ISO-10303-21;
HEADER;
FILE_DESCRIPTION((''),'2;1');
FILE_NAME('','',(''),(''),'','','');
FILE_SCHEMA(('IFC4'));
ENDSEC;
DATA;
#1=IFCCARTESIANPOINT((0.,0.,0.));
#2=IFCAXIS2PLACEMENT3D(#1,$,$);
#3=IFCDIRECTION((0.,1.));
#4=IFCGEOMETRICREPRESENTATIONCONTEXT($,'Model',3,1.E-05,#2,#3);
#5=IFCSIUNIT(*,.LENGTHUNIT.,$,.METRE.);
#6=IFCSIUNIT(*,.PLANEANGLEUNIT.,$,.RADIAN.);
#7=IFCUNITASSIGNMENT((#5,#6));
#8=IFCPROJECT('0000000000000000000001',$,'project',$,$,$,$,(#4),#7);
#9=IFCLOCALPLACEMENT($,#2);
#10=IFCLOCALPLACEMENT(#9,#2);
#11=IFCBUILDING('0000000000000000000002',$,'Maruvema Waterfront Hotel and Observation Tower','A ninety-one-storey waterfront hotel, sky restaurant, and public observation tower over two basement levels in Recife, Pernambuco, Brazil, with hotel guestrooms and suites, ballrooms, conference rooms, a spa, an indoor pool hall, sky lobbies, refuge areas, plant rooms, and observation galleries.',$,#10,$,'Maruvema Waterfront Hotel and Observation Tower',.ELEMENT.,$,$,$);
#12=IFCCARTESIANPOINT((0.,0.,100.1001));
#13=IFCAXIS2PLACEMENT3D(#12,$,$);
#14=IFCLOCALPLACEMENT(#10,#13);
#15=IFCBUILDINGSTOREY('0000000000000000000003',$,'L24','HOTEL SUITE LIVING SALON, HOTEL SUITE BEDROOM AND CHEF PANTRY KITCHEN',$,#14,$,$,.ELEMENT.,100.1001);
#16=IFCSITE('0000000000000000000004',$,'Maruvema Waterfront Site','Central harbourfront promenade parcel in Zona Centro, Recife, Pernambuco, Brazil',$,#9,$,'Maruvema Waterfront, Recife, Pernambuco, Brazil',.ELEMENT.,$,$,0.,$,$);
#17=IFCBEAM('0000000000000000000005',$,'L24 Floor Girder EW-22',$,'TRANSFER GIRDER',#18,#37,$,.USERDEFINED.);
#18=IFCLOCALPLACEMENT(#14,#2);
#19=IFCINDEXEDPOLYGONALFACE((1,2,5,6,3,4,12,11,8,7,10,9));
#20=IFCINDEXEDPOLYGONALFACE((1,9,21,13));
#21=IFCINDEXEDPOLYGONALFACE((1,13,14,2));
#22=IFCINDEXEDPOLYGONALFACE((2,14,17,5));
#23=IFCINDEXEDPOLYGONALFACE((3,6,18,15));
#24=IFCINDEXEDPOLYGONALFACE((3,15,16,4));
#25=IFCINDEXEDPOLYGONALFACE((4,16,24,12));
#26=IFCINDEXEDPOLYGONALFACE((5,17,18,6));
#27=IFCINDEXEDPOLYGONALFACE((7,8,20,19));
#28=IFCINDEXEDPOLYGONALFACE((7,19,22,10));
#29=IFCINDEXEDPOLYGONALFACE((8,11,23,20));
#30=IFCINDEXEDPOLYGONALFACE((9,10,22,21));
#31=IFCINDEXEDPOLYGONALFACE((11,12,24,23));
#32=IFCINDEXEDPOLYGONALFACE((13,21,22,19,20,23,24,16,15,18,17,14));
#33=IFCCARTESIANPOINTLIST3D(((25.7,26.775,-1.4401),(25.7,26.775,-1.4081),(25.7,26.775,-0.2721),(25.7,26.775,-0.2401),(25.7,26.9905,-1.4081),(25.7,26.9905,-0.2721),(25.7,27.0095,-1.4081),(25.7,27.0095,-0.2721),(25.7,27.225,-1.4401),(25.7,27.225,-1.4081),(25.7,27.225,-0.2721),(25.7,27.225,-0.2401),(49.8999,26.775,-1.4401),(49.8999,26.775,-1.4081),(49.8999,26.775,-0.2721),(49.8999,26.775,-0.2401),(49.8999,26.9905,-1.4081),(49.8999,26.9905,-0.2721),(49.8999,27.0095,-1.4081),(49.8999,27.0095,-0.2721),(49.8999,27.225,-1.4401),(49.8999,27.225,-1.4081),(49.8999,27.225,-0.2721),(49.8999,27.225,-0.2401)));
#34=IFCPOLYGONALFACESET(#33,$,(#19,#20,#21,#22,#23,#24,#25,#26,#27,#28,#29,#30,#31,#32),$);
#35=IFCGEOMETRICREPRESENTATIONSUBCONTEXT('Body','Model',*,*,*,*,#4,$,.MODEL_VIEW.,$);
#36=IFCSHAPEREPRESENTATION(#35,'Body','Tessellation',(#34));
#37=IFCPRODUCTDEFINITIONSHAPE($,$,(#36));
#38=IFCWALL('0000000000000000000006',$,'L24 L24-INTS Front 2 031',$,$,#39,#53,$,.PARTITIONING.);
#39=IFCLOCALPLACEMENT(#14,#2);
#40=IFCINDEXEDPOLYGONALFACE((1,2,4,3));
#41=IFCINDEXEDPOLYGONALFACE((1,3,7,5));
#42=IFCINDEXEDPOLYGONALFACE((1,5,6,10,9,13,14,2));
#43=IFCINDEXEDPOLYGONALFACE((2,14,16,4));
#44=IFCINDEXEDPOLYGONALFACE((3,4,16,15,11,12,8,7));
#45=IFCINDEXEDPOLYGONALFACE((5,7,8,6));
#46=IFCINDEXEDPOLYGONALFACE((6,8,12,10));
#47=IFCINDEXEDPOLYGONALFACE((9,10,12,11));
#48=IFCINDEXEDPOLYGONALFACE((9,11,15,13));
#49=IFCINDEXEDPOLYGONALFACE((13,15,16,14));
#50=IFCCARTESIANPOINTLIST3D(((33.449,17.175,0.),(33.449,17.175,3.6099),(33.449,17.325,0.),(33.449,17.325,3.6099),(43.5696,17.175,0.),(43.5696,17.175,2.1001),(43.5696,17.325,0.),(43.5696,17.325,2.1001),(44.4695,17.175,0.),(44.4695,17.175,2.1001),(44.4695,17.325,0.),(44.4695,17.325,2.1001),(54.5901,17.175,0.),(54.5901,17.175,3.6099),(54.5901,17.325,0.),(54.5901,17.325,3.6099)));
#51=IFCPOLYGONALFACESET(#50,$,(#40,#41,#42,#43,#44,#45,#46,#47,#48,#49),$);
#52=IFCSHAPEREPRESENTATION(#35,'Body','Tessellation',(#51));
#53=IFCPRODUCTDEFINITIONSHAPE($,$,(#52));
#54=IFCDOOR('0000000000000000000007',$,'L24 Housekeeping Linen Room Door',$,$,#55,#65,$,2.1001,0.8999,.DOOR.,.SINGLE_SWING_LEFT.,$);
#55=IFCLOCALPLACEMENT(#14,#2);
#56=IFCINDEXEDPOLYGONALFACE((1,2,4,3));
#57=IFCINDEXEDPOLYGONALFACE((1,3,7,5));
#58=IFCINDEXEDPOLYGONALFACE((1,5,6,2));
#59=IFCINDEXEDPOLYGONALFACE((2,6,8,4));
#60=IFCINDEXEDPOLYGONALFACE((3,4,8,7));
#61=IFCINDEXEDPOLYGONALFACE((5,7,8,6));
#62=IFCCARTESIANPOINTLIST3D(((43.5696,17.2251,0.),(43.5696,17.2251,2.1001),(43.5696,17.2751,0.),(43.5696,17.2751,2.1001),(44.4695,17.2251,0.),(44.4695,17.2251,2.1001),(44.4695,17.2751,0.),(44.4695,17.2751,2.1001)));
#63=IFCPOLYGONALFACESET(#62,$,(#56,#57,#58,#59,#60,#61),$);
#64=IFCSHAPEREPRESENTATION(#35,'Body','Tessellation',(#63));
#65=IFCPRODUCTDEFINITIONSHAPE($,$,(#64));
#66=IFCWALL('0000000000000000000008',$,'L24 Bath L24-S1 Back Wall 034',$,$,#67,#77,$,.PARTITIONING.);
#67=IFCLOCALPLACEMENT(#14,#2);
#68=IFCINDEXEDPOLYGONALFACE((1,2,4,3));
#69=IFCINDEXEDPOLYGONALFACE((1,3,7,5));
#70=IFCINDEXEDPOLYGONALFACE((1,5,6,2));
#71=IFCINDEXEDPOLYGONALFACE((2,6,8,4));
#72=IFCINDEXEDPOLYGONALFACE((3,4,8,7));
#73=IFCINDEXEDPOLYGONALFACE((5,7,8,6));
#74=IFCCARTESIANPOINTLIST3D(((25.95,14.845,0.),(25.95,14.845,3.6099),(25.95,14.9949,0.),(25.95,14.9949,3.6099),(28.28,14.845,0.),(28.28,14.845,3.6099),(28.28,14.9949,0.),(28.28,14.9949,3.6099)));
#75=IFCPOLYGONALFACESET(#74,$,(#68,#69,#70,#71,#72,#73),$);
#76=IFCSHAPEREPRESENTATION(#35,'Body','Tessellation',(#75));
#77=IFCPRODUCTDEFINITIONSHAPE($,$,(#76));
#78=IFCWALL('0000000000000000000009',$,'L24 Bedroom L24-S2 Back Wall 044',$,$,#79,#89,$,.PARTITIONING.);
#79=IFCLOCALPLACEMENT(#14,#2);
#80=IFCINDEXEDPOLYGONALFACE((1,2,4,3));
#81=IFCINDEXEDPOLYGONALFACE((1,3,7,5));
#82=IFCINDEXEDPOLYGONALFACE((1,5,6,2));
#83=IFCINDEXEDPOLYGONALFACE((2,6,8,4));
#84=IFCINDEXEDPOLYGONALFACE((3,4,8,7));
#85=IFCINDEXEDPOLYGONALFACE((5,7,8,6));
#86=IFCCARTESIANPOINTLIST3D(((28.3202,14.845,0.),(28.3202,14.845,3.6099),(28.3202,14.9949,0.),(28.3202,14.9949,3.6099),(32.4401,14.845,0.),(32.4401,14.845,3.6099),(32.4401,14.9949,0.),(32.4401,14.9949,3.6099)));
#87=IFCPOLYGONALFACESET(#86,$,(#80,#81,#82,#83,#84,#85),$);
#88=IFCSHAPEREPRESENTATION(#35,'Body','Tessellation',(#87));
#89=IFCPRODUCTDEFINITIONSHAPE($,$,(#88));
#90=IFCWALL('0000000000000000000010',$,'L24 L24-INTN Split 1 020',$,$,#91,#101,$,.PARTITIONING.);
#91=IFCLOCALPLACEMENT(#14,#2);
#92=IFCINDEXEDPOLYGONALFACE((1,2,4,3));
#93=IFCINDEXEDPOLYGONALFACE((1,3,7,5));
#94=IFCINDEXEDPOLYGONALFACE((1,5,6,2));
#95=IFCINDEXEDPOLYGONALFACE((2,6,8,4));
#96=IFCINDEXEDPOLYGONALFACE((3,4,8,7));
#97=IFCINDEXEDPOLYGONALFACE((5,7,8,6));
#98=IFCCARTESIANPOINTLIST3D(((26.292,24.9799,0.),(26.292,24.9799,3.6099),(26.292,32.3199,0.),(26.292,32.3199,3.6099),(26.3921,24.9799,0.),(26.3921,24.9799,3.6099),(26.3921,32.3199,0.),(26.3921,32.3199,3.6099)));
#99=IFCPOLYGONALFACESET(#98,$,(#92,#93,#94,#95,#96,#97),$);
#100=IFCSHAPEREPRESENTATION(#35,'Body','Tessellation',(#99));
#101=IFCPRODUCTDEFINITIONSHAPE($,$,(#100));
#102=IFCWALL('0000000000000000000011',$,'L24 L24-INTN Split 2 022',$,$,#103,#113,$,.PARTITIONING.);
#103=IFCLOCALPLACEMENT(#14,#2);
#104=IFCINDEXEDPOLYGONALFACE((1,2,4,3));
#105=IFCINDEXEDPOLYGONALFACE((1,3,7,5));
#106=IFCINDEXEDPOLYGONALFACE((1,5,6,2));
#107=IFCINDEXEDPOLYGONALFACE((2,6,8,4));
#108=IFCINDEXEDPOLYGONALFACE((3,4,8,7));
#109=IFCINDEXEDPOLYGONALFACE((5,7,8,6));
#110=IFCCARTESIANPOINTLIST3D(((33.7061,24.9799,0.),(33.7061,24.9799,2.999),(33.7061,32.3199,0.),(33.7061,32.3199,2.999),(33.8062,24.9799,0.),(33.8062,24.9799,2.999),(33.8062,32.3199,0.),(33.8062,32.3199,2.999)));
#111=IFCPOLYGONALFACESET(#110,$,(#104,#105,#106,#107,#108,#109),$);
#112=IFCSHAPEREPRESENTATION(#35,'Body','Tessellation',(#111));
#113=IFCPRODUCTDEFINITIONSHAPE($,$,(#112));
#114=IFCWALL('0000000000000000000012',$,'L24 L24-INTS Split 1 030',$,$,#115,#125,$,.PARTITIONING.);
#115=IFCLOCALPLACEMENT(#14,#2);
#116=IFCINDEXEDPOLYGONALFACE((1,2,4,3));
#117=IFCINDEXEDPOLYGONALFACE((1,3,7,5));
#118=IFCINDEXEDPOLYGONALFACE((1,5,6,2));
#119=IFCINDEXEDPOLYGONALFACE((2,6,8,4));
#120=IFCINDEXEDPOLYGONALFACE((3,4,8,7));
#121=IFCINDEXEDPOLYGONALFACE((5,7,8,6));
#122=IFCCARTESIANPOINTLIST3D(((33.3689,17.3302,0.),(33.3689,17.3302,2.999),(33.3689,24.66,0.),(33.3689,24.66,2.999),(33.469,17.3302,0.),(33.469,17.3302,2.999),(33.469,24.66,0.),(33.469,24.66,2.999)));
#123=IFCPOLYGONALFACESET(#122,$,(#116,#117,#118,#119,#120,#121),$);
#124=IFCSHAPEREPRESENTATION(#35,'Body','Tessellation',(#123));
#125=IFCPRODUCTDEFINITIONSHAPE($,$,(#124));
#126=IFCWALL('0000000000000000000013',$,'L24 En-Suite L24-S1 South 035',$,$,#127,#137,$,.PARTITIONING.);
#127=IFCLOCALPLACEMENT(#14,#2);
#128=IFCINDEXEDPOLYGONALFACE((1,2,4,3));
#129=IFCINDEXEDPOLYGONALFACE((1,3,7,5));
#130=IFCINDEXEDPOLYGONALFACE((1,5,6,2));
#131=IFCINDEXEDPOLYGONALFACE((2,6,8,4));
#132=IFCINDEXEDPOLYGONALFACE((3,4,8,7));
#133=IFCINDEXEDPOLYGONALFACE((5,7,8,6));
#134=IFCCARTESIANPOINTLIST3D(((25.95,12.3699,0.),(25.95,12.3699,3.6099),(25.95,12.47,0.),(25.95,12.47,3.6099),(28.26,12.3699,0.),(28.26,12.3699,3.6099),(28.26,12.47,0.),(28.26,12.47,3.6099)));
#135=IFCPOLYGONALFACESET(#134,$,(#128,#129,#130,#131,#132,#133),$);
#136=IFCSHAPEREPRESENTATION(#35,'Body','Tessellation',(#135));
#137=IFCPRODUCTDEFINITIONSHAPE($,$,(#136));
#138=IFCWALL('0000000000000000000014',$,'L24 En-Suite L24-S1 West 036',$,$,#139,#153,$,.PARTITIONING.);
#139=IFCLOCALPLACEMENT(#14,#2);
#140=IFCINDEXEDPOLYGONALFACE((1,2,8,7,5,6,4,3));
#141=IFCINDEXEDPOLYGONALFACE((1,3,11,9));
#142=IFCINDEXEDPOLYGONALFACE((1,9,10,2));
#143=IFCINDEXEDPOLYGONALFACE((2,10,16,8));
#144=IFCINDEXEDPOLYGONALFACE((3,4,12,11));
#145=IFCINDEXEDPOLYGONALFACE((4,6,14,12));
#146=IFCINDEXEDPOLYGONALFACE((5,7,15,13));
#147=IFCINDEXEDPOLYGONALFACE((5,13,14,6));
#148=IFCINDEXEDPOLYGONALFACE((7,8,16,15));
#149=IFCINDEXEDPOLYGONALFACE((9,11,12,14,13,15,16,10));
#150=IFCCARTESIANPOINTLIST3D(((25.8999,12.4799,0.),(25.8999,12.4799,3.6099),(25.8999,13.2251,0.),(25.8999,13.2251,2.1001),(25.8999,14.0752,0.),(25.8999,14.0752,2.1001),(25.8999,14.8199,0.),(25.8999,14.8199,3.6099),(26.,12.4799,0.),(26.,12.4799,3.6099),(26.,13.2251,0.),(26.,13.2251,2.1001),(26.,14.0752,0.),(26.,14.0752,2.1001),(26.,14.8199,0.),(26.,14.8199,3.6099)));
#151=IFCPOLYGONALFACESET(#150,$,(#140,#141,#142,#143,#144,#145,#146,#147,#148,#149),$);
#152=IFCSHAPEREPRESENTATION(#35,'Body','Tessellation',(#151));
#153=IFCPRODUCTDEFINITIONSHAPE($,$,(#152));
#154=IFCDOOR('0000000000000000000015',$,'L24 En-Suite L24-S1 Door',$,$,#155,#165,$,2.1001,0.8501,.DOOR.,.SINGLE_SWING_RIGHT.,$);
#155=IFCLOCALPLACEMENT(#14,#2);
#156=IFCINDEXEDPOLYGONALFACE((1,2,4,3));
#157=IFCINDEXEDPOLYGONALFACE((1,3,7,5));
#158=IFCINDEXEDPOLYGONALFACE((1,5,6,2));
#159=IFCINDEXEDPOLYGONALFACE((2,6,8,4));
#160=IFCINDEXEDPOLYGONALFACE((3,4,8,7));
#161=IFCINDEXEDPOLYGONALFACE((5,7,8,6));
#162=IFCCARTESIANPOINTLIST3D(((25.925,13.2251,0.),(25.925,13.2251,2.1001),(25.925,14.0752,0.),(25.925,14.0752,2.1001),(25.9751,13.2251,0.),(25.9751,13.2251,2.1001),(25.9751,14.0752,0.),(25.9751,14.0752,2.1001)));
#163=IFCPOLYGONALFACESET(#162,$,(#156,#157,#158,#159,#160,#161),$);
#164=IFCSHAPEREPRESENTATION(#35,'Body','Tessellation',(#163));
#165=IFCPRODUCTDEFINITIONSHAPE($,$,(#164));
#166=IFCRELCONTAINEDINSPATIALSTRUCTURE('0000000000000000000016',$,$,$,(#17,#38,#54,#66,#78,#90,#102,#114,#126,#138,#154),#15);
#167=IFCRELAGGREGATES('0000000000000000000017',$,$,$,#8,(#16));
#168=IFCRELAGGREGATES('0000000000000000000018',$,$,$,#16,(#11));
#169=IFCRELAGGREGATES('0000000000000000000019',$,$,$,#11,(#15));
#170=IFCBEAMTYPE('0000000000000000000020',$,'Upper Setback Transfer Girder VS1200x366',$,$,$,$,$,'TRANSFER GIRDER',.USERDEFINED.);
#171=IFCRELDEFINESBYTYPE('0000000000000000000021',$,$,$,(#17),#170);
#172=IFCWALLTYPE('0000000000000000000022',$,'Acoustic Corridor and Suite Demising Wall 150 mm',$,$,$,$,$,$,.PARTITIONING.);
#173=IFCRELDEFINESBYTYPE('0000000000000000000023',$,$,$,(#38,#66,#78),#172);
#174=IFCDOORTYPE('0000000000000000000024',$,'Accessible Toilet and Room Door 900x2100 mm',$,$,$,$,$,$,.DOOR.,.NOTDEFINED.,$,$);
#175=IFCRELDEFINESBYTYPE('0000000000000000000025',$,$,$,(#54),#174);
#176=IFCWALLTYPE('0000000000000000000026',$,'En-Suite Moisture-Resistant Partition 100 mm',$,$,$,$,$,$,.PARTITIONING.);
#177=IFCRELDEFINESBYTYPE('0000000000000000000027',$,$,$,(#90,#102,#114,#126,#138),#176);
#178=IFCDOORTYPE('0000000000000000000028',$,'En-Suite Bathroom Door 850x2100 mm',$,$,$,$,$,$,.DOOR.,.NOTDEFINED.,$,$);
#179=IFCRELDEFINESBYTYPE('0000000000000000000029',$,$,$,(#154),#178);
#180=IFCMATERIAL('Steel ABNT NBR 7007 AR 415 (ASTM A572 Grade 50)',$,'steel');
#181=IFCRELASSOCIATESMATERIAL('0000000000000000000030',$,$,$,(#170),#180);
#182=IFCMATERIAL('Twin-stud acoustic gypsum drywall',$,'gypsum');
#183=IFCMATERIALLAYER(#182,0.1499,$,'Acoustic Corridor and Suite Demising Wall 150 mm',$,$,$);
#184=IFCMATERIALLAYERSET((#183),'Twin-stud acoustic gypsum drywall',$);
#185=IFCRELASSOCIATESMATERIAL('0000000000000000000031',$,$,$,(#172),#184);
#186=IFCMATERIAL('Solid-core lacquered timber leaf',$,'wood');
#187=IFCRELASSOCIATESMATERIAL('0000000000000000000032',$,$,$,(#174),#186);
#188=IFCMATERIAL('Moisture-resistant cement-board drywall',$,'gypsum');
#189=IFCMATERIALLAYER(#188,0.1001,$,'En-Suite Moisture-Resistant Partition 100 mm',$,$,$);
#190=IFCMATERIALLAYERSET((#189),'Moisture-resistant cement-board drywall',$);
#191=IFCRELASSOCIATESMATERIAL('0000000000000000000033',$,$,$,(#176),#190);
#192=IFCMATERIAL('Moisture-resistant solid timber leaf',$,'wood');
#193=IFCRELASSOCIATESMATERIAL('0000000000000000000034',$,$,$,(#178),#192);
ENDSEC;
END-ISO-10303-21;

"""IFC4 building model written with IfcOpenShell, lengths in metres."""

from ifc_helpers import new_model, si_unit, direction, frame, frame_2d, origin, origin_2d, place, context, subcontext, project, spatial, rectangle, i_section, extrude, material, layer, layer_set, material_profile, profile_set, type_object, element, fill, save


model = new_model("IFC4")

# Units and contexts
model_context = context("Model", 3, precision=1e-05, world=origin(), true_north=direction((0.0, 1.0)))
body_context = subcontext(model_context, "Body", "Model", "MODEL_VIEW")
ifc_project = project(units=[si_unit("LENGTHUNIT", "METRE"), si_unit("PLANEANGLEUNIT", "RADIAN")], contexts=[model_context])

# Site, building, storey
site_placement = place(None, origin())
site = spatial("IfcSite", under=ifc_project, at=site_placement, Name="Maruvema Waterfront Site", Description="Central harbourfront promenade parcel in Zona Centro, Recife, Pernambuco, Brazil", LongName="Maruvema Waterfront, Recife, Pernambuco, Brazil", CompositionType="ELEMENT", RefElevation=0.0)
building_placement = place(site_placement, origin())
building = spatial("IfcBuilding", under=site, at=building_placement, Name="Maruvema Waterfront Hotel and Observation Tower", Description="A ninety-one-storey waterfront hotel, sky restaurant, and public observation tower over two basement levels in Recife, Pernambuco, Brazil, with hotel guestrooms and suites, ballrooms, conference rooms, a spa, an indoor pool hall, sky lobbies, refuge areas, plant rooms, and observation galleries.", LongName="Maruvema Waterfront Hotel and Observation Tower", CompositionType="ELEMENT")
storey_placement = place(building_placement, frame((0.0, 0.0, 100.1001)))
storey = spatial("IfcBuildingStorey", under=building, at=storey_placement, Name="L24", Description="HOTEL SUITE LIVING SALON, HOTEL SUITE BEDROOM AND CHEF PANTRY KITCHEN", CompositionType="ELEMENT", Elevation=100.1001)

# Beam
ifc_material_1 = material(Name="Steel ABNT NBR 7007 AR 415 (ASTM A572 Grade 50)", Category="steel")
ifc_material_profile_1 = material_profile(ifc_material_1, i_section(OverallWidth=0.45, OverallDepth=1.2, WebThickness=0.019, FlangeThickness=0.032, at=origin_2d()), Name="VS1200x366")
ifc_profile_set_1 = profile_set([ifc_material_profile_1], Name="Steel ABNT NBR 7007 AR 415 (ASTM A572 Grade 50)")
beam_type_1 = type_object("IfcBeamType", Name="Upper Setback Transfer Girder VS1200x366", ElementType="TRANSFER GIRDER", PredefinedType="USERDEFINED", material=ifc_profile_set_1)
beam_1_placement = place(storey_placement, frame((25.7, 27.0, -0.8401), z_axis=(1.0, 0.0, 0.0), x_axis=(0.0, 1.0, 0.0)))
element("IfcBeam", 1, at=beam_1_placement, inside=storey, type_object=beam_type_1, Name="L24 Floor Girder EW-22", ObjectType="TRANSFER GIRDER", PredefinedType="USERDEFINED", context=body_context, shape_type="SweptSolid", body=[
    extrude(i_section(OverallWidth=0.45, OverallDepth=1.2, WebThickness=0.019, FlangeThickness=0.032, at=origin_2d()), origin(), (0.0, 0.0, 1.0), 24.2),
])

# Wall, opening, door
ifc_material_2 = material(Name="Twin-stud acoustic gypsum drywall", Category="gypsum")
ifc_layer_1 = layer(ifc_material_2, 0.1499, Name="Acoustic Corridor and Suite Demising Wall 150 mm")
ifc_layer_set_1 = layer_set([ifc_layer_1], Name="Twin-stud acoustic gypsum drywall")
wall_type_1 = type_object("IfcWallType", Name="Acoustic Corridor and Suite Demising Wall 150 mm", PredefinedType="PARTITIONING", material=ifc_layer_set_1)
wall_1_placement = place(storey_placement, frame((33.449, 17.25, 0.0), z_axis=(0.0, 0.0, 1.0), x_axis=(1.0, 0.0, 0.0)))
wall_1 = element("IfcWall", 2, at=wall_1_placement, inside=storey, type_object=wall_type_1, Name="L24 L24-INTS Front 2 031", PredefinedType="PARTITIONING", context=body_context, shape_type="SweptSolid", body=[
    extrude(rectangle(XDim=21.1411, YDim=0.1499, at=frame_2d((10.5706, 0.0))), origin(), (0.0, 0.0, 1.0), 3.6099),
])
opening_1_placement = place(wall_1_placement, frame((10.1206, 0.0, 0.0)))
opening_1 = element("IfcOpeningElement", 3, at=opening_1_placement, cuts=wall_1, PredefinedType="OPENING", context=body_context, shape_type="SweptSolid", body=[
    extrude(rectangle(XDim=0.8999, YDim=2.1001, at=frame_2d((0.45, 1.05))), frame((0.0, 0.085, 0.0), z_axis=(0.0, -1.0, 0.0), x_axis=(1.0, 0.0, 0.0)), (0.0, 0.0, 1.0), 0.1699),
])
ifc_material_3 = material(Name="Solid-core lacquered timber leaf", Category="wood")
door_type_1 = type_object("IfcDoorType", Name="Accessible Toilet and Room Door 900x2100 mm", OperationType="NOTDEFINED", PredefinedType="DOOR", material=ifc_material_3)
door_1_placement = place(opening_1_placement, frame((0.8999, 0.0, 0.0), z_axis=(0.0, 0.0, 1.0), x_axis=(-1.0, 0.0, 0.0)))
door_1 = element("IfcDoor", 4, at=door_1_placement, inside=storey, type_object=door_type_1, Name="L24 Housekeeping Linen Room Door", OperationType="SINGLE_SWING_LEFT", OverallHeight=2.1001, OverallWidth=0.8999, PredefinedType="DOOR", context=body_context, shape_type="SweptSolid", body=[
    extrude(rectangle(XDim=0.8999, YDim=2.1001, at=frame_2d((0.45, 1.05))), frame((0.0, 0.0249, 0.0), z_axis=(0.0, -1.0, 0.0), x_axis=(1.0, 0.0, 0.0)), (0.0, 0.0, 1.0), 0.05),
])
fill(opening_1, door_1)

# Walls
wall_2_placement = place(storey_placement, frame((25.95, 14.9199, 0.0), z_axis=(0.0, 0.0, 1.0), x_axis=(1.0, 0.0, 0.0)))
element("IfcWall", 5, at=wall_2_placement, inside=storey, type_object=wall_type_1, Name="L24 Bath L24-S1 Back Wall 034", PredefinedType="PARTITIONING", context=body_context, shape_type="SweptSolid", body=[
    extrude(rectangle(XDim=2.3301, YDim=0.1499, at=frame_2d((1.165, 0.0))), origin(), (0.0, 0.0, 1.0), 3.6099),
])
wall_3_placement = place(storey_placement, frame((28.3201, 14.9199, 0.0), z_axis=(0.0, 0.0, 1.0), x_axis=(1.0, 0.0, 0.0)))
element("IfcWall", 6, at=wall_3_placement, inside=storey, type_object=wall_type_1, Name="L24 Bedroom L24-S2 Back Wall 044", PredefinedType="PARTITIONING", context=body_context, shape_type="SweptSolid", body=[
    extrude(rectangle(XDim=4.1199, YDim=0.1499, at=frame_2d((2.0601, 0.0))), origin(), (0.0, 0.0, 1.0), 3.6099),
])

# Walls
ifc_material_4 = material(Name="Moisture-resistant cement-board drywall", Category="gypsum")
ifc_layer_2 = layer(ifc_material_4, 0.1001, Name="En-Suite Moisture-Resistant Partition 100 mm")
ifc_layer_set_2 = layer_set([ifc_layer_2], Name="Moisture-resistant cement-board drywall")
wall_type_2 = type_object("IfcWallType", Name="En-Suite Moisture-Resistant Partition 100 mm", PredefinedType="PARTITIONING", material=ifc_layer_set_2)
wall_4_placement = place(storey_placement, frame((26.342, 24.98, 0.0), z_axis=(0.0, 0.0, 1.0), x_axis=(0.0, 1.0, 0.0)))
element("IfcWall", 7, at=wall_4_placement, inside=storey, type_object=wall_type_2, Name="L24 L24-INTN Split 1 020", PredefinedType="PARTITIONING", context=body_context, shape_type="SweptSolid", body=[
    extrude(rectangle(XDim=7.3401, YDim=0.1001, at=frame_2d((3.6699, 0.0))), origin(), (0.0, 0.0, 1.0), 3.6099),
])
wall_5_placement = place(storey_placement, frame((33.7561, 24.98, 0.0), z_axis=(0.0, 0.0, 1.0), x_axis=(0.0, 1.0, 0.0)))
element("IfcWall", 8, at=wall_5_placement, inside=storey, type_object=wall_type_2, Name="L24 L24-INTN Split 2 022", PredefinedType="PARTITIONING", context=body_context, shape_type="SweptSolid", body=[
    extrude(rectangle(XDim=7.3401, YDim=0.1001, at=frame_2d((3.6699, 0.0))), origin(), (0.0, 0.0, 1.0), 2.999),
])
wall_6_placement = place(storey_placement, frame((33.4189, 17.3301, 0.0), z_axis=(0.0, 0.0, 1.0), x_axis=(0.0, 1.0, 0.0)))
element("IfcWall", 9, at=wall_6_placement, inside=storey, type_object=wall_type_2, Name="L24 L24-INTS Split 1 030", PredefinedType="PARTITIONING", context=body_context, shape_type="SweptSolid", body=[
    extrude(rectangle(XDim=7.3298, YDim=0.1001, at=frame_2d((3.665, 0.0))), origin(), (0.0, 0.0, 1.0), 2.999),
])
wall_7_placement = place(storey_placement, frame((25.95, 12.4199, 0.0), z_axis=(0.0, 0.0, 1.0), x_axis=(1.0, 0.0, 0.0)))
element("IfcWall", 10, at=wall_7_placement, inside=storey, type_object=wall_type_2, Name="L24 En-Suite L24-S1 South 035", PredefinedType="PARTITIONING", context=body_context, shape_type="SweptSolid", body=[
    extrude(rectangle(XDim=2.3101, YDim=0.1001, at=frame_2d((1.155, 0.0))), origin(), (0.0, 0.0, 1.0), 3.6099),
])

# Wall, opening, door
wall_8_placement = place(storey_placement, frame((25.95, 12.48, 0.0), z_axis=(0.0, 0.0, 1.0), x_axis=(0.0, 1.0, 0.0)))
wall_8 = element("IfcWall", 11, at=wall_8_placement, inside=storey, type_object=wall_type_2, Name="L24 En-Suite L24-S1 West 036", PredefinedType="PARTITIONING", context=body_context, shape_type="SweptSolid", body=[
    extrude(rectangle(XDim=2.3401, YDim=0.1001, at=frame_2d((1.1699, 0.0))), origin(), (0.0, 0.0, 1.0), 3.6099),
])
opening_2_placement = place(wall_8_placement, frame((0.7451, 0.0, 0.0)))
opening_2 = element("IfcOpeningElement", 12, at=opening_2_placement, cuts=wall_8, PredefinedType="OPENING", context=body_context, shape_type="SweptSolid", body=[
    extrude(rectangle(XDim=0.8501, YDim=2.1001, at=frame_2d((0.425, 1.05))), frame((0.0, 0.0601, 0.0), z_axis=(0.0, -1.0, 0.0), x_axis=(1.0, 0.0, 0.0)), (0.0, 0.0, 1.0), 0.1201),
])
ifc_material_5 = material(Name="Moisture-resistant solid timber leaf", Category="wood")
door_type_2 = type_object("IfcDoorType", Name="En-Suite Bathroom Door 850x2100 mm", OperationType="NOTDEFINED", PredefinedType="DOOR", material=ifc_material_5)
door_2_placement = place(opening_2_placement, origin())
door_2 = element("IfcDoor", 13, at=door_2_placement, inside=storey, type_object=door_type_2, Name="L24 En-Suite L24-S1 Door", OperationType="SINGLE_SWING_RIGHT", OverallHeight=2.1001, OverallWidth=0.8501, PredefinedType="DOOR", context=body_context, shape_type="SweptSolid", body=[
    extrude(rectangle(XDim=0.8501, YDim=2.1001, at=frame_2d((0.425, 1.05))), frame((0.0, 0.0249, 0.0), z_axis=(0.0, -1.0, 0.0), x_axis=(1.0, 0.0, 0.0)), (0.0, 0.0, 1.0), 0.05),
])
fill(opening_2, door_2)

save(model, "model.ifc")
